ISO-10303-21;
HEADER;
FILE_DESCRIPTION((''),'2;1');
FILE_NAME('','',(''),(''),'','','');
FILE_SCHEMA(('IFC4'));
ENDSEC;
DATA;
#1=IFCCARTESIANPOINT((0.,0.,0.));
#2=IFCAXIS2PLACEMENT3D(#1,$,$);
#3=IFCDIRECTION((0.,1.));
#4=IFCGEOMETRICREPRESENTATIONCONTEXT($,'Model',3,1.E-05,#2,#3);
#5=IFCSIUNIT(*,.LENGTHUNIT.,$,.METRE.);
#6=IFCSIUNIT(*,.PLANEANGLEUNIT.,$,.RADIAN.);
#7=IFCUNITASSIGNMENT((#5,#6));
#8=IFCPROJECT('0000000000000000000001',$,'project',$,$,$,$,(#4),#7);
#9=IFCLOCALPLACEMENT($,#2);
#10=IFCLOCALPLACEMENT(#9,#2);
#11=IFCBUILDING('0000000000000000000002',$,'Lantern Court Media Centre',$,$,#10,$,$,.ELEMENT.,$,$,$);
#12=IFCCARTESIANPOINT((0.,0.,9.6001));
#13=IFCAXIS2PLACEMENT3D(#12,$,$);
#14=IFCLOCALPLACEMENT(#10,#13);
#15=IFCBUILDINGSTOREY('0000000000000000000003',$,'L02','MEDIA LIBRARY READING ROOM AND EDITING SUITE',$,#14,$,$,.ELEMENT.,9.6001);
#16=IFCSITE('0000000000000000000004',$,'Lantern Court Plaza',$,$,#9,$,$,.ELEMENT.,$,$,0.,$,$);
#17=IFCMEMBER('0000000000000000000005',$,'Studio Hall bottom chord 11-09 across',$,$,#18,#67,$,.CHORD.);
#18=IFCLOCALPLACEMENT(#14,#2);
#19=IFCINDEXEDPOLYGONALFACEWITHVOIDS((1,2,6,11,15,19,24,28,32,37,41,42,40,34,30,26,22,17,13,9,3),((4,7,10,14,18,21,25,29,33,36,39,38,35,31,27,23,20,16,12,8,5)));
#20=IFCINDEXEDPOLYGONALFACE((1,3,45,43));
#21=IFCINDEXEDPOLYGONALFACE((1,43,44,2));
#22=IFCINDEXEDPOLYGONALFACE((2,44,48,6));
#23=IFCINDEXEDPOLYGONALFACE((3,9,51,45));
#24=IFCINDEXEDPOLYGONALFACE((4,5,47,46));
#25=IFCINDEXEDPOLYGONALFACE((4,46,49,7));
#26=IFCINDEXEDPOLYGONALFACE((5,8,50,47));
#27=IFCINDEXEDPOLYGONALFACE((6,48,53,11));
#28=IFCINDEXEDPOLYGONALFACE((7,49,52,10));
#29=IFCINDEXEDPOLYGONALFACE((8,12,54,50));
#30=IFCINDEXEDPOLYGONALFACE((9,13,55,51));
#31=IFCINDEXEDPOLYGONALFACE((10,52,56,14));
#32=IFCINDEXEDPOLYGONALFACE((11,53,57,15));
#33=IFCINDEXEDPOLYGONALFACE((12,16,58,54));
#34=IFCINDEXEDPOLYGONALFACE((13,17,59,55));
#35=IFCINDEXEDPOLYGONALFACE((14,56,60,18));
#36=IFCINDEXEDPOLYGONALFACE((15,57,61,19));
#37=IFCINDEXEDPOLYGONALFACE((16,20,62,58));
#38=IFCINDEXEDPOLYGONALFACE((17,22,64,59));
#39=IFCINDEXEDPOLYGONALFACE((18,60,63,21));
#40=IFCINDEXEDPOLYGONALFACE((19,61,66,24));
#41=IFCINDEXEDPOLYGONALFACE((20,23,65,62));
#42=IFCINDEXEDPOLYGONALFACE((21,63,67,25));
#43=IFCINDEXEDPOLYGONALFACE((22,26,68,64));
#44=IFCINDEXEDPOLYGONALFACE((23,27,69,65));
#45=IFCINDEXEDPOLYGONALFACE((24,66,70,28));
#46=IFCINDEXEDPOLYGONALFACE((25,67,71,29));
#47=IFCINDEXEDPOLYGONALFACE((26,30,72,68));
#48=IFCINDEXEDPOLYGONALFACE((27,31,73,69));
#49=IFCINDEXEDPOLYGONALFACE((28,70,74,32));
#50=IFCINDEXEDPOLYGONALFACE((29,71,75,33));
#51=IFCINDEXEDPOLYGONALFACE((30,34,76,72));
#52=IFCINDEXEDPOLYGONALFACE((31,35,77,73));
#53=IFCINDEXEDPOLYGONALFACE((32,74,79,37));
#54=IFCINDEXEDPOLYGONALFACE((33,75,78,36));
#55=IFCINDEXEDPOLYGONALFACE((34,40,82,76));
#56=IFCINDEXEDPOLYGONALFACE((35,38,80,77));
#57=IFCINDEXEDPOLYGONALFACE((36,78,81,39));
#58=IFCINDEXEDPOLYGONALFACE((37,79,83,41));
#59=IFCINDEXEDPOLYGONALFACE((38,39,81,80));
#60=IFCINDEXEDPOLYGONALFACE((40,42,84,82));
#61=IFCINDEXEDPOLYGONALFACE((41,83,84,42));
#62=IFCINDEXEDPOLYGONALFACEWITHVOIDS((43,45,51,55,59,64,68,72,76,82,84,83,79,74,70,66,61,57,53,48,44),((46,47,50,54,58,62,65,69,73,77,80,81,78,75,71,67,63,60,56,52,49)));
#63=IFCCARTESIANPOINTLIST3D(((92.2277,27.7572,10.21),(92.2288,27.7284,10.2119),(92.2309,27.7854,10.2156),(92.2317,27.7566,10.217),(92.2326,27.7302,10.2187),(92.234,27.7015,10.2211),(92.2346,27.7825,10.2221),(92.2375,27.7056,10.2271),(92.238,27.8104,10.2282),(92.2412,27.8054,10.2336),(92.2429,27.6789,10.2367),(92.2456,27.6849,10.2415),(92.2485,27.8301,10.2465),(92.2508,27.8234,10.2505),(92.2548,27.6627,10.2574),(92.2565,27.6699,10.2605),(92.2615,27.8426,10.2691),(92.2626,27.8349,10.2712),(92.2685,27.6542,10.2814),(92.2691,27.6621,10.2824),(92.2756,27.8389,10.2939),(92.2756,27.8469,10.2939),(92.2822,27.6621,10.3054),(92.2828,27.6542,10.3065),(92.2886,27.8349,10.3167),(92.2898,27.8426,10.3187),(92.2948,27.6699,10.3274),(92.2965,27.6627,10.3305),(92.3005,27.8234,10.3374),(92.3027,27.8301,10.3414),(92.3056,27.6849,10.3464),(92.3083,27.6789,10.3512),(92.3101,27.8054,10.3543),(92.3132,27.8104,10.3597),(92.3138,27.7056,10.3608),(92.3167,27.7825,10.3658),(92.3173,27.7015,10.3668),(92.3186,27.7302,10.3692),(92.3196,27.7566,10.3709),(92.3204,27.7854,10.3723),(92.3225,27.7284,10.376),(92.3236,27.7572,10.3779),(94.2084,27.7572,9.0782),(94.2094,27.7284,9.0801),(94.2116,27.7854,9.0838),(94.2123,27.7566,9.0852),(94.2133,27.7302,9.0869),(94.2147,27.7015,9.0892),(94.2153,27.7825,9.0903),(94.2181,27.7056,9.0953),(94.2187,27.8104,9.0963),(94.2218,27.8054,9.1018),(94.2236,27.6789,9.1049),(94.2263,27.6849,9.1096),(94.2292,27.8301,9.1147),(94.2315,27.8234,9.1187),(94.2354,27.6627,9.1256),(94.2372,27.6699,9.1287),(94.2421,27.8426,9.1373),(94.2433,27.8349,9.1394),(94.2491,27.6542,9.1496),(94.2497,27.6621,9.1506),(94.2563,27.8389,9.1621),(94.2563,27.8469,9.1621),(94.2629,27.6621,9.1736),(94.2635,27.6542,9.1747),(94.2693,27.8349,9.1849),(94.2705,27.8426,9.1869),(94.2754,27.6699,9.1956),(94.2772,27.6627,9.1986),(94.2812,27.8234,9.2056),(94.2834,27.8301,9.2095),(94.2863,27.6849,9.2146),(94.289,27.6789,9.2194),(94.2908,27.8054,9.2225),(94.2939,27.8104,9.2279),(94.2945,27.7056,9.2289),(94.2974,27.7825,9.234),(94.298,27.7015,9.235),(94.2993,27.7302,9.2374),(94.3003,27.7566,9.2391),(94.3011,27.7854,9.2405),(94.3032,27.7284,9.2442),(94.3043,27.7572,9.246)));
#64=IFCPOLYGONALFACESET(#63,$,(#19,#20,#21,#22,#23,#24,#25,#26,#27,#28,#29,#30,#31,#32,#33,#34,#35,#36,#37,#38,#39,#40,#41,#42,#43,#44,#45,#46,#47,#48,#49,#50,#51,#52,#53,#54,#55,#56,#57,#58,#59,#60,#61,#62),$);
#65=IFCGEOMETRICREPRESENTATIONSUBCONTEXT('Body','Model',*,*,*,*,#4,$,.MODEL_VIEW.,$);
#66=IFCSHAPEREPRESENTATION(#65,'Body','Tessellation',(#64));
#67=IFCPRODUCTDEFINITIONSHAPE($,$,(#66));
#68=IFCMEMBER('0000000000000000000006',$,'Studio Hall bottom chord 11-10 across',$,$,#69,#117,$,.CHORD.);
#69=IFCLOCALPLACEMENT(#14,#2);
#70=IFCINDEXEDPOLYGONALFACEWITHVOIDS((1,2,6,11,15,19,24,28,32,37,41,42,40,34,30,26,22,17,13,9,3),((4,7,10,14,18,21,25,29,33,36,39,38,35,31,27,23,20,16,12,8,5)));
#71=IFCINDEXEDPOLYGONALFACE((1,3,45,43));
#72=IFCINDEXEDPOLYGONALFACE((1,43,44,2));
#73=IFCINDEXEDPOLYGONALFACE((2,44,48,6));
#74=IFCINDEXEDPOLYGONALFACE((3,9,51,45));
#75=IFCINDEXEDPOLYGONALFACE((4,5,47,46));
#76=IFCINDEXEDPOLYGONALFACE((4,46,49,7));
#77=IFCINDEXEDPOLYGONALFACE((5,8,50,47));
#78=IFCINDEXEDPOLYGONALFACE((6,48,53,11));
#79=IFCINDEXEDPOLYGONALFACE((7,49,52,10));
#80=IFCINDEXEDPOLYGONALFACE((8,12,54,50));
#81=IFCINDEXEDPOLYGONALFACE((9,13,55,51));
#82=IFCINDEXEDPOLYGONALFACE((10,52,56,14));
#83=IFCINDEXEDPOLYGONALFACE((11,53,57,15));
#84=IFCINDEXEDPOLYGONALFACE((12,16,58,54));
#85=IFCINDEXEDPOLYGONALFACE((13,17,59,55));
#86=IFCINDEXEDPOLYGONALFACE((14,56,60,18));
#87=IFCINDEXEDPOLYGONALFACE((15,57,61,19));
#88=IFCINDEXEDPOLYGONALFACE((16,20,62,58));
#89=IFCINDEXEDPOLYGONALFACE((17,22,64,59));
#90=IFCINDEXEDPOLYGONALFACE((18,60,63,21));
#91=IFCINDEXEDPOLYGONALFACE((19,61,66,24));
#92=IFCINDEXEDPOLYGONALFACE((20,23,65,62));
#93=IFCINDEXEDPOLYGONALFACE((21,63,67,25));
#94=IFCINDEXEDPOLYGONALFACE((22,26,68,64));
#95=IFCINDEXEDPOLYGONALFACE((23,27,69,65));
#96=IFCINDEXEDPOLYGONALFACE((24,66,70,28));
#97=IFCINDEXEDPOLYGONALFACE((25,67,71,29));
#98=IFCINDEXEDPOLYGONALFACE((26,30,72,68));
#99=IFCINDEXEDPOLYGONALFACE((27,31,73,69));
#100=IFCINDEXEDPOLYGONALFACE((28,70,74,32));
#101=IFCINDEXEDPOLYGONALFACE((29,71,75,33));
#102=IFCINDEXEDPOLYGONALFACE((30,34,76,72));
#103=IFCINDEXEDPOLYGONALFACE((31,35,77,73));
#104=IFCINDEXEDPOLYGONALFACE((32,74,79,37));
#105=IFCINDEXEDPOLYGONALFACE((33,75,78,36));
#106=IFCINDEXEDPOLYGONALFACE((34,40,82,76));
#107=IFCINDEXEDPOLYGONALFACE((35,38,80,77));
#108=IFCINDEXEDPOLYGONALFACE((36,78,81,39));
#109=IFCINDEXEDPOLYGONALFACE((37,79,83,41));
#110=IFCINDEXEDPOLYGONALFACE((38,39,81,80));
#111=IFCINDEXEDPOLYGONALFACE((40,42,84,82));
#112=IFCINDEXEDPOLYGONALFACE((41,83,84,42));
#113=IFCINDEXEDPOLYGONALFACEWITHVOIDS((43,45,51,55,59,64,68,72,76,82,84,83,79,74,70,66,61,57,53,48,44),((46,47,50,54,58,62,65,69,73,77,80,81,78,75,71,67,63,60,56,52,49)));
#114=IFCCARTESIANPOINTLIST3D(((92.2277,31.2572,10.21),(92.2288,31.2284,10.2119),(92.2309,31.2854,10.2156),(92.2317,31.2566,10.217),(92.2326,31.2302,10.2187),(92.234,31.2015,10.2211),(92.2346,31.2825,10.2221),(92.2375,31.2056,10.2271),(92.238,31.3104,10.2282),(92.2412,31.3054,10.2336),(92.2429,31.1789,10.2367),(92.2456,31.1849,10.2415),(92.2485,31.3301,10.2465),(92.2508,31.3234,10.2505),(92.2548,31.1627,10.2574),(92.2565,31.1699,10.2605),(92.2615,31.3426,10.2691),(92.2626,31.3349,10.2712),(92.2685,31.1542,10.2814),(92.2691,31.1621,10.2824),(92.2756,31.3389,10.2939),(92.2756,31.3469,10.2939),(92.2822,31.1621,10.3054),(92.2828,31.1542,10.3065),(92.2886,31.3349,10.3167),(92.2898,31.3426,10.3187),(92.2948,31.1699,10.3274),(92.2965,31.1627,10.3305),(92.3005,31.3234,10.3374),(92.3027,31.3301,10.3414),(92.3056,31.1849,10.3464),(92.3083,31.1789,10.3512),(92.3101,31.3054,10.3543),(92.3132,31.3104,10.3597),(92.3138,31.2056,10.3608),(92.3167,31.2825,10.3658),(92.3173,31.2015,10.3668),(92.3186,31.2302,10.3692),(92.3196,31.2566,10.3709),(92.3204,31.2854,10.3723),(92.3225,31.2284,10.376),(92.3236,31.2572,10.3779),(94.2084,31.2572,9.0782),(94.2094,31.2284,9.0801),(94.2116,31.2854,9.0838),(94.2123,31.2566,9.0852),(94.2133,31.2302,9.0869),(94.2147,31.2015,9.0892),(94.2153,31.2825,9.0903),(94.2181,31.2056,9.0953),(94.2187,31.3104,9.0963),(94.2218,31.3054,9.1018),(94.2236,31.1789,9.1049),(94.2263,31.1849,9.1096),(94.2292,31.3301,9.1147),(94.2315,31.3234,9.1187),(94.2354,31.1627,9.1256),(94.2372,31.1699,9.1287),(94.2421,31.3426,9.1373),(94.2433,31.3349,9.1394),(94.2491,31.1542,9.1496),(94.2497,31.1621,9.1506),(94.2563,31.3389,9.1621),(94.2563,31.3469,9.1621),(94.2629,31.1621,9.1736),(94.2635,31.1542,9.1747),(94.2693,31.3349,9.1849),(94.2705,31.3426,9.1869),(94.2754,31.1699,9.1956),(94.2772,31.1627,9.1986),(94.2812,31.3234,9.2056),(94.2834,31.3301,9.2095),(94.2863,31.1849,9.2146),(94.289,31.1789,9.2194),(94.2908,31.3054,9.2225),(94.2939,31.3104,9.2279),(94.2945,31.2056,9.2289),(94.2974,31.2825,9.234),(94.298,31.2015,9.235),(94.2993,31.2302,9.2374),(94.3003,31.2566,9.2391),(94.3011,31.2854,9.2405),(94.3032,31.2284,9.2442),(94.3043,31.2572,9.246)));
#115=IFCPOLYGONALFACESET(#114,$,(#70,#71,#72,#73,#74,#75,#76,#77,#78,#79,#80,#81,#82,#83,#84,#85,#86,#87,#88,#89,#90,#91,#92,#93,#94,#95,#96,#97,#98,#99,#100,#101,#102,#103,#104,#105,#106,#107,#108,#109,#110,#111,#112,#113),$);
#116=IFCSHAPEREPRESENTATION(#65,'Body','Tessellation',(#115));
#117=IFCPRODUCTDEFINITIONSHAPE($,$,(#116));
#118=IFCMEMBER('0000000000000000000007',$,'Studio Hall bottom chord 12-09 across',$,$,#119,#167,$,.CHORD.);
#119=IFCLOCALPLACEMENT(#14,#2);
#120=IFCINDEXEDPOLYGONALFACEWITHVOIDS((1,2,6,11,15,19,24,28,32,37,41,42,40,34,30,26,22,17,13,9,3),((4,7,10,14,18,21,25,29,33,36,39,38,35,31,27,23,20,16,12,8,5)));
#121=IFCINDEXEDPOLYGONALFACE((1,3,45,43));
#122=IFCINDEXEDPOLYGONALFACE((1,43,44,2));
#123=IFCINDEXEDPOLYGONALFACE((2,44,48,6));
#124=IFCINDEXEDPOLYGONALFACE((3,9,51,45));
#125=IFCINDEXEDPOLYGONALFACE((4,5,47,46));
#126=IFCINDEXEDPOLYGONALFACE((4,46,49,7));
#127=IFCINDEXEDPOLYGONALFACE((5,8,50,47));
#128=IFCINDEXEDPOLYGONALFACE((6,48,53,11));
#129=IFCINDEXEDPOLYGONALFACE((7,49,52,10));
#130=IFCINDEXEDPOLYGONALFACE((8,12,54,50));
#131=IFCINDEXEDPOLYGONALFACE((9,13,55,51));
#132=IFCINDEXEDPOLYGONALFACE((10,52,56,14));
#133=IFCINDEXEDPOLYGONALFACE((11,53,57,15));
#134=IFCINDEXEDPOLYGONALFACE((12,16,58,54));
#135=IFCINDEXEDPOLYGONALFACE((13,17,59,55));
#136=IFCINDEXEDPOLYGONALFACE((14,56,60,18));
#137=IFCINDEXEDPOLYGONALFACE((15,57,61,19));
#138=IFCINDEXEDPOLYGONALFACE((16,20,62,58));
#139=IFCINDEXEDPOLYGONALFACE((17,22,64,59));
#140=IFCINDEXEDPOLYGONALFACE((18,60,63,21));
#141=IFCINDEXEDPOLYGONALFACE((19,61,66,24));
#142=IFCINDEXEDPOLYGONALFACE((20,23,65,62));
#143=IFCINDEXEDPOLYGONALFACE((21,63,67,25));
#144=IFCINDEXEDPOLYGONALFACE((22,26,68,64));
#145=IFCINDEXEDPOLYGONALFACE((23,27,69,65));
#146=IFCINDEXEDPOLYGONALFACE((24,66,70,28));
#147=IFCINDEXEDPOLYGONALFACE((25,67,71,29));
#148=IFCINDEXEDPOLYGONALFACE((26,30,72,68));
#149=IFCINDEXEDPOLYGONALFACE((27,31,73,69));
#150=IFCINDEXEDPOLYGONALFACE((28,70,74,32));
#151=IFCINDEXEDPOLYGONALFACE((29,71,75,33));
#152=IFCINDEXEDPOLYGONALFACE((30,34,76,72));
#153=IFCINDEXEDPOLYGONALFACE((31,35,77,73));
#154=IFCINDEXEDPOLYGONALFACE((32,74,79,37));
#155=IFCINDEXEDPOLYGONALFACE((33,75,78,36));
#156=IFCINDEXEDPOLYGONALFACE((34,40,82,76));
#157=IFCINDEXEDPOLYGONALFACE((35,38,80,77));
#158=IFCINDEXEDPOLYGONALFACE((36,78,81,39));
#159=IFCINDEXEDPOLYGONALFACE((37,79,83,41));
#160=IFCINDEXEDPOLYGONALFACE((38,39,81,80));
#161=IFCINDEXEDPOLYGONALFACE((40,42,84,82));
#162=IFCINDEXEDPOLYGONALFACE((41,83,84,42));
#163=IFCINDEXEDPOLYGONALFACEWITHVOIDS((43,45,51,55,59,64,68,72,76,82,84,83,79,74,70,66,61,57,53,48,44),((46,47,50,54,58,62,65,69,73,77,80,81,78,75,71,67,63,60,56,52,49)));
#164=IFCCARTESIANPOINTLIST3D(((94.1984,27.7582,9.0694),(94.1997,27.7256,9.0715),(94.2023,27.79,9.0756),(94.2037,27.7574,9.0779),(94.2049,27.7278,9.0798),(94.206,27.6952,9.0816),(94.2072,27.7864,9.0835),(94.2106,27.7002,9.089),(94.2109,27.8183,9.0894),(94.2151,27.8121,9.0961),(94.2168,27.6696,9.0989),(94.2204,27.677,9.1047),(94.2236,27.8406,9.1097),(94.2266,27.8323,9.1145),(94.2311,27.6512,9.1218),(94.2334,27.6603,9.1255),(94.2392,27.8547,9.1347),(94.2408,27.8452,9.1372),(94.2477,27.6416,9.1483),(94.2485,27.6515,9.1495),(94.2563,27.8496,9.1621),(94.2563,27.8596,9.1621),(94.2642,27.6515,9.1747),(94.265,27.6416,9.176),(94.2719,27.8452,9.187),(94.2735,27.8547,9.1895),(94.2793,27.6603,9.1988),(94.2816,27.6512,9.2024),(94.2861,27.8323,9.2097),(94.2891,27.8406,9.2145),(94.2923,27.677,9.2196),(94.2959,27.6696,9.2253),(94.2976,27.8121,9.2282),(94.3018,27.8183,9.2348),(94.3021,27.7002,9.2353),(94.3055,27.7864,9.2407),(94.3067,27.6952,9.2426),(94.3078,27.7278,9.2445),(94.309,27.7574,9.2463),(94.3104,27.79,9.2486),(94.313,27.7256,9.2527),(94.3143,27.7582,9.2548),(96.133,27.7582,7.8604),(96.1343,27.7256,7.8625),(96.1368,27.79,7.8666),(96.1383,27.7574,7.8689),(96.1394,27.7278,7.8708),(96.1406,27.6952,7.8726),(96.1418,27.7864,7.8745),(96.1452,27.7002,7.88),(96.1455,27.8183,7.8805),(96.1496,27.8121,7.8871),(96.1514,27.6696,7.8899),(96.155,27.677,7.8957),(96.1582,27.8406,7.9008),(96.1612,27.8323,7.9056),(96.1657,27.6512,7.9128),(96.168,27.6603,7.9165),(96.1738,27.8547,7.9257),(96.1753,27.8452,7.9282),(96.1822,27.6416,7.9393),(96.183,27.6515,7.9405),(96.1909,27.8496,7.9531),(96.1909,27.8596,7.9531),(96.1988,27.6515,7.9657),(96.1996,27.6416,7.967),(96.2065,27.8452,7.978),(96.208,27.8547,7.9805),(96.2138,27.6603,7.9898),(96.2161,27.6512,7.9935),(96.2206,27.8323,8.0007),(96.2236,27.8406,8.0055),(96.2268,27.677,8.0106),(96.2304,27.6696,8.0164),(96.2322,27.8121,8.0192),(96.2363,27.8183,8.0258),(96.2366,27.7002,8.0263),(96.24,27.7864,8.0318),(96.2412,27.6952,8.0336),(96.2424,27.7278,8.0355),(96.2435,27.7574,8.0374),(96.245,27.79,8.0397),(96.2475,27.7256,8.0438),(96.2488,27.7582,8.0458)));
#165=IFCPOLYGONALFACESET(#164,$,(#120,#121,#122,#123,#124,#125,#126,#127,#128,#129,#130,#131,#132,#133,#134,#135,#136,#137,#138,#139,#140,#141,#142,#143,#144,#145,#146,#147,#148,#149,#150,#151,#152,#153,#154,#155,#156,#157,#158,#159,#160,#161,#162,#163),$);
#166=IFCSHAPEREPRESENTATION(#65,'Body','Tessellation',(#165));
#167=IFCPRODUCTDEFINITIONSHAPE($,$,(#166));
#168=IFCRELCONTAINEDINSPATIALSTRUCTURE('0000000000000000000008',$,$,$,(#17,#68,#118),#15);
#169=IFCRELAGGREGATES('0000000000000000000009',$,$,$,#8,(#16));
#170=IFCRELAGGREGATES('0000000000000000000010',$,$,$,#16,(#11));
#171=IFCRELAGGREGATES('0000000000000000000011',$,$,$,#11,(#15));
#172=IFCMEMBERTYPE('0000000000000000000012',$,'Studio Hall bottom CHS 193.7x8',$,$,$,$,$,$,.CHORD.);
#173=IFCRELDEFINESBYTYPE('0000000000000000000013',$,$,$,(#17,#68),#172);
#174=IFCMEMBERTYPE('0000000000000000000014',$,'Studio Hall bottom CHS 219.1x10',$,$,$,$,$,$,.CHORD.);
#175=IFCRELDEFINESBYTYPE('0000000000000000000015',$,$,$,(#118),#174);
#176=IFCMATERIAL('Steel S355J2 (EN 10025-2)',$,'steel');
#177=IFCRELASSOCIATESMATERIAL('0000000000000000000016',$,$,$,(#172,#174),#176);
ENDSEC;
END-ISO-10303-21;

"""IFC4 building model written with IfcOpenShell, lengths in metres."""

from ifc_helpers import new_model, si_unit, direction, frame, origin, origin_2d, place, context, subcontext, project, spatial, hollow_circle, extrude, material, material_profile, profile_set, type_object, element, save


model = new_model("IFC4")

# Units and contexts
model_context = context("Model", 3, precision=1e-05, world=origin(), true_north=direction((0.0, 1.0)))
body_context = subcontext(model_context, "Body", "Model", "MODEL_VIEW")
ifc_project = project(units=[si_unit("LENGTHUNIT", "METRE"), si_unit("PLANEANGLEUNIT", "RADIAN")], contexts=[model_context])

# Site, building, storey
site_placement = place(None, origin())
site = spatial("IfcSite", under=ifc_project, at=site_placement, Name="Lantern Court Plaza", CompositionType="ELEMENT", RefElevation=0.0)
building_placement = place(site_placement, origin())
building = spatial("IfcBuilding", under=site, at=building_placement, Name="Lantern Court Media Centre", CompositionType="ELEMENT")
storey_placement = place(building_placement, frame((0.0, 0.0, 9.6001)))
storey = spatial("IfcBuildingStorey", under=building, at=storey_placement, Name="L02", Description="MEDIA LIBRARY READING ROOM AND EDITING SUITE", CompositionType="ELEMENT", Elevation=9.6001)

# Members
ifc_material = material(Name="Steel S355J2 (EN 10025-2)", Category="steel")
ifc_material_profile_1 = material_profile(ifc_material, hollow_circle(Radius=0.0969, WallThickness=0.0081, at=origin_2d()), Name="Studio Hall bottom CHS 193.7x8")
ifc_profile_set_1 = profile_set([ifc_material_profile_1], Name="Steel S355J2 (EN 10025-2)")
member_type_1 = type_object("IfcMemberType", Name="Studio Hall bottom CHS 193.7x8", PredefinedType="CHORD", material=ifc_profile_set_1)
for number, where, z_axis, x_axis, name in (
    (1, (92.2756, 27.75, 10.2939), (0.868243, 0.0, -0.496139), (0.0, 1.0, 0.0), "Studio Hall bottom chord 11-09 across"),
    (2, (92.2756, 31.25, 10.2939), (0.868243, 0.0, -0.496139), (0.0, 1.0, 0.0), "Studio Hall bottom chord 11-10 across"),
):
    element("IfcMember", number, at=place(storey_placement, frame(where, z_axis=z_axis, x_axis=x_axis)), inside=storey, type_object=member_type_1, Name=name, PredefinedType="CHORD", context=body_context, shape_type="SweptSolid", body=[
        extrude(hollow_circle(Radius=0.0969, WallThickness=0.0081, at=origin_2d()), origin(), (0.0, 0.0, 1.0), 2.2812),
    ])
ifc_material_profile_2 = material_profile(ifc_material, hollow_circle(Radius=0.1096, WallThickness=0.01, at=origin_2d()), Name="Studio Hall bottom CHS 219.1x10")
ifc_profile_set_2 = profile_set([ifc_material_profile_2], Name="Steel S355J2 (EN 10025-2)")
member_type_2 = type_object("IfcMemberType", Name="Studio Hall bottom CHS 219.1x10", PredefinedType="CHORD", material=ifc_profile_set_2)
member_1_placement = place(storey_placement, frame((94.2563, 27.75, 9.1621), z_axis=(0.848022, 0.0, -0.52996), x_axis=(0.0, 1.0, 0.0)))
element("IfcMember", 3, at=member_1_placement, inside=storey, type_object=member_type_2, Name="Studio Hall bottom chord 12-09 across", PredefinedType="CHORD", context=body_context, shape_type="SweptSolid", body=[
    extrude(hollow_circle(Radius=0.1096, WallThickness=0.01, at=origin_2d()), origin(), (0.0, 0.0, 1.0), 2.2812),
])

save(model, "model.ifc")
